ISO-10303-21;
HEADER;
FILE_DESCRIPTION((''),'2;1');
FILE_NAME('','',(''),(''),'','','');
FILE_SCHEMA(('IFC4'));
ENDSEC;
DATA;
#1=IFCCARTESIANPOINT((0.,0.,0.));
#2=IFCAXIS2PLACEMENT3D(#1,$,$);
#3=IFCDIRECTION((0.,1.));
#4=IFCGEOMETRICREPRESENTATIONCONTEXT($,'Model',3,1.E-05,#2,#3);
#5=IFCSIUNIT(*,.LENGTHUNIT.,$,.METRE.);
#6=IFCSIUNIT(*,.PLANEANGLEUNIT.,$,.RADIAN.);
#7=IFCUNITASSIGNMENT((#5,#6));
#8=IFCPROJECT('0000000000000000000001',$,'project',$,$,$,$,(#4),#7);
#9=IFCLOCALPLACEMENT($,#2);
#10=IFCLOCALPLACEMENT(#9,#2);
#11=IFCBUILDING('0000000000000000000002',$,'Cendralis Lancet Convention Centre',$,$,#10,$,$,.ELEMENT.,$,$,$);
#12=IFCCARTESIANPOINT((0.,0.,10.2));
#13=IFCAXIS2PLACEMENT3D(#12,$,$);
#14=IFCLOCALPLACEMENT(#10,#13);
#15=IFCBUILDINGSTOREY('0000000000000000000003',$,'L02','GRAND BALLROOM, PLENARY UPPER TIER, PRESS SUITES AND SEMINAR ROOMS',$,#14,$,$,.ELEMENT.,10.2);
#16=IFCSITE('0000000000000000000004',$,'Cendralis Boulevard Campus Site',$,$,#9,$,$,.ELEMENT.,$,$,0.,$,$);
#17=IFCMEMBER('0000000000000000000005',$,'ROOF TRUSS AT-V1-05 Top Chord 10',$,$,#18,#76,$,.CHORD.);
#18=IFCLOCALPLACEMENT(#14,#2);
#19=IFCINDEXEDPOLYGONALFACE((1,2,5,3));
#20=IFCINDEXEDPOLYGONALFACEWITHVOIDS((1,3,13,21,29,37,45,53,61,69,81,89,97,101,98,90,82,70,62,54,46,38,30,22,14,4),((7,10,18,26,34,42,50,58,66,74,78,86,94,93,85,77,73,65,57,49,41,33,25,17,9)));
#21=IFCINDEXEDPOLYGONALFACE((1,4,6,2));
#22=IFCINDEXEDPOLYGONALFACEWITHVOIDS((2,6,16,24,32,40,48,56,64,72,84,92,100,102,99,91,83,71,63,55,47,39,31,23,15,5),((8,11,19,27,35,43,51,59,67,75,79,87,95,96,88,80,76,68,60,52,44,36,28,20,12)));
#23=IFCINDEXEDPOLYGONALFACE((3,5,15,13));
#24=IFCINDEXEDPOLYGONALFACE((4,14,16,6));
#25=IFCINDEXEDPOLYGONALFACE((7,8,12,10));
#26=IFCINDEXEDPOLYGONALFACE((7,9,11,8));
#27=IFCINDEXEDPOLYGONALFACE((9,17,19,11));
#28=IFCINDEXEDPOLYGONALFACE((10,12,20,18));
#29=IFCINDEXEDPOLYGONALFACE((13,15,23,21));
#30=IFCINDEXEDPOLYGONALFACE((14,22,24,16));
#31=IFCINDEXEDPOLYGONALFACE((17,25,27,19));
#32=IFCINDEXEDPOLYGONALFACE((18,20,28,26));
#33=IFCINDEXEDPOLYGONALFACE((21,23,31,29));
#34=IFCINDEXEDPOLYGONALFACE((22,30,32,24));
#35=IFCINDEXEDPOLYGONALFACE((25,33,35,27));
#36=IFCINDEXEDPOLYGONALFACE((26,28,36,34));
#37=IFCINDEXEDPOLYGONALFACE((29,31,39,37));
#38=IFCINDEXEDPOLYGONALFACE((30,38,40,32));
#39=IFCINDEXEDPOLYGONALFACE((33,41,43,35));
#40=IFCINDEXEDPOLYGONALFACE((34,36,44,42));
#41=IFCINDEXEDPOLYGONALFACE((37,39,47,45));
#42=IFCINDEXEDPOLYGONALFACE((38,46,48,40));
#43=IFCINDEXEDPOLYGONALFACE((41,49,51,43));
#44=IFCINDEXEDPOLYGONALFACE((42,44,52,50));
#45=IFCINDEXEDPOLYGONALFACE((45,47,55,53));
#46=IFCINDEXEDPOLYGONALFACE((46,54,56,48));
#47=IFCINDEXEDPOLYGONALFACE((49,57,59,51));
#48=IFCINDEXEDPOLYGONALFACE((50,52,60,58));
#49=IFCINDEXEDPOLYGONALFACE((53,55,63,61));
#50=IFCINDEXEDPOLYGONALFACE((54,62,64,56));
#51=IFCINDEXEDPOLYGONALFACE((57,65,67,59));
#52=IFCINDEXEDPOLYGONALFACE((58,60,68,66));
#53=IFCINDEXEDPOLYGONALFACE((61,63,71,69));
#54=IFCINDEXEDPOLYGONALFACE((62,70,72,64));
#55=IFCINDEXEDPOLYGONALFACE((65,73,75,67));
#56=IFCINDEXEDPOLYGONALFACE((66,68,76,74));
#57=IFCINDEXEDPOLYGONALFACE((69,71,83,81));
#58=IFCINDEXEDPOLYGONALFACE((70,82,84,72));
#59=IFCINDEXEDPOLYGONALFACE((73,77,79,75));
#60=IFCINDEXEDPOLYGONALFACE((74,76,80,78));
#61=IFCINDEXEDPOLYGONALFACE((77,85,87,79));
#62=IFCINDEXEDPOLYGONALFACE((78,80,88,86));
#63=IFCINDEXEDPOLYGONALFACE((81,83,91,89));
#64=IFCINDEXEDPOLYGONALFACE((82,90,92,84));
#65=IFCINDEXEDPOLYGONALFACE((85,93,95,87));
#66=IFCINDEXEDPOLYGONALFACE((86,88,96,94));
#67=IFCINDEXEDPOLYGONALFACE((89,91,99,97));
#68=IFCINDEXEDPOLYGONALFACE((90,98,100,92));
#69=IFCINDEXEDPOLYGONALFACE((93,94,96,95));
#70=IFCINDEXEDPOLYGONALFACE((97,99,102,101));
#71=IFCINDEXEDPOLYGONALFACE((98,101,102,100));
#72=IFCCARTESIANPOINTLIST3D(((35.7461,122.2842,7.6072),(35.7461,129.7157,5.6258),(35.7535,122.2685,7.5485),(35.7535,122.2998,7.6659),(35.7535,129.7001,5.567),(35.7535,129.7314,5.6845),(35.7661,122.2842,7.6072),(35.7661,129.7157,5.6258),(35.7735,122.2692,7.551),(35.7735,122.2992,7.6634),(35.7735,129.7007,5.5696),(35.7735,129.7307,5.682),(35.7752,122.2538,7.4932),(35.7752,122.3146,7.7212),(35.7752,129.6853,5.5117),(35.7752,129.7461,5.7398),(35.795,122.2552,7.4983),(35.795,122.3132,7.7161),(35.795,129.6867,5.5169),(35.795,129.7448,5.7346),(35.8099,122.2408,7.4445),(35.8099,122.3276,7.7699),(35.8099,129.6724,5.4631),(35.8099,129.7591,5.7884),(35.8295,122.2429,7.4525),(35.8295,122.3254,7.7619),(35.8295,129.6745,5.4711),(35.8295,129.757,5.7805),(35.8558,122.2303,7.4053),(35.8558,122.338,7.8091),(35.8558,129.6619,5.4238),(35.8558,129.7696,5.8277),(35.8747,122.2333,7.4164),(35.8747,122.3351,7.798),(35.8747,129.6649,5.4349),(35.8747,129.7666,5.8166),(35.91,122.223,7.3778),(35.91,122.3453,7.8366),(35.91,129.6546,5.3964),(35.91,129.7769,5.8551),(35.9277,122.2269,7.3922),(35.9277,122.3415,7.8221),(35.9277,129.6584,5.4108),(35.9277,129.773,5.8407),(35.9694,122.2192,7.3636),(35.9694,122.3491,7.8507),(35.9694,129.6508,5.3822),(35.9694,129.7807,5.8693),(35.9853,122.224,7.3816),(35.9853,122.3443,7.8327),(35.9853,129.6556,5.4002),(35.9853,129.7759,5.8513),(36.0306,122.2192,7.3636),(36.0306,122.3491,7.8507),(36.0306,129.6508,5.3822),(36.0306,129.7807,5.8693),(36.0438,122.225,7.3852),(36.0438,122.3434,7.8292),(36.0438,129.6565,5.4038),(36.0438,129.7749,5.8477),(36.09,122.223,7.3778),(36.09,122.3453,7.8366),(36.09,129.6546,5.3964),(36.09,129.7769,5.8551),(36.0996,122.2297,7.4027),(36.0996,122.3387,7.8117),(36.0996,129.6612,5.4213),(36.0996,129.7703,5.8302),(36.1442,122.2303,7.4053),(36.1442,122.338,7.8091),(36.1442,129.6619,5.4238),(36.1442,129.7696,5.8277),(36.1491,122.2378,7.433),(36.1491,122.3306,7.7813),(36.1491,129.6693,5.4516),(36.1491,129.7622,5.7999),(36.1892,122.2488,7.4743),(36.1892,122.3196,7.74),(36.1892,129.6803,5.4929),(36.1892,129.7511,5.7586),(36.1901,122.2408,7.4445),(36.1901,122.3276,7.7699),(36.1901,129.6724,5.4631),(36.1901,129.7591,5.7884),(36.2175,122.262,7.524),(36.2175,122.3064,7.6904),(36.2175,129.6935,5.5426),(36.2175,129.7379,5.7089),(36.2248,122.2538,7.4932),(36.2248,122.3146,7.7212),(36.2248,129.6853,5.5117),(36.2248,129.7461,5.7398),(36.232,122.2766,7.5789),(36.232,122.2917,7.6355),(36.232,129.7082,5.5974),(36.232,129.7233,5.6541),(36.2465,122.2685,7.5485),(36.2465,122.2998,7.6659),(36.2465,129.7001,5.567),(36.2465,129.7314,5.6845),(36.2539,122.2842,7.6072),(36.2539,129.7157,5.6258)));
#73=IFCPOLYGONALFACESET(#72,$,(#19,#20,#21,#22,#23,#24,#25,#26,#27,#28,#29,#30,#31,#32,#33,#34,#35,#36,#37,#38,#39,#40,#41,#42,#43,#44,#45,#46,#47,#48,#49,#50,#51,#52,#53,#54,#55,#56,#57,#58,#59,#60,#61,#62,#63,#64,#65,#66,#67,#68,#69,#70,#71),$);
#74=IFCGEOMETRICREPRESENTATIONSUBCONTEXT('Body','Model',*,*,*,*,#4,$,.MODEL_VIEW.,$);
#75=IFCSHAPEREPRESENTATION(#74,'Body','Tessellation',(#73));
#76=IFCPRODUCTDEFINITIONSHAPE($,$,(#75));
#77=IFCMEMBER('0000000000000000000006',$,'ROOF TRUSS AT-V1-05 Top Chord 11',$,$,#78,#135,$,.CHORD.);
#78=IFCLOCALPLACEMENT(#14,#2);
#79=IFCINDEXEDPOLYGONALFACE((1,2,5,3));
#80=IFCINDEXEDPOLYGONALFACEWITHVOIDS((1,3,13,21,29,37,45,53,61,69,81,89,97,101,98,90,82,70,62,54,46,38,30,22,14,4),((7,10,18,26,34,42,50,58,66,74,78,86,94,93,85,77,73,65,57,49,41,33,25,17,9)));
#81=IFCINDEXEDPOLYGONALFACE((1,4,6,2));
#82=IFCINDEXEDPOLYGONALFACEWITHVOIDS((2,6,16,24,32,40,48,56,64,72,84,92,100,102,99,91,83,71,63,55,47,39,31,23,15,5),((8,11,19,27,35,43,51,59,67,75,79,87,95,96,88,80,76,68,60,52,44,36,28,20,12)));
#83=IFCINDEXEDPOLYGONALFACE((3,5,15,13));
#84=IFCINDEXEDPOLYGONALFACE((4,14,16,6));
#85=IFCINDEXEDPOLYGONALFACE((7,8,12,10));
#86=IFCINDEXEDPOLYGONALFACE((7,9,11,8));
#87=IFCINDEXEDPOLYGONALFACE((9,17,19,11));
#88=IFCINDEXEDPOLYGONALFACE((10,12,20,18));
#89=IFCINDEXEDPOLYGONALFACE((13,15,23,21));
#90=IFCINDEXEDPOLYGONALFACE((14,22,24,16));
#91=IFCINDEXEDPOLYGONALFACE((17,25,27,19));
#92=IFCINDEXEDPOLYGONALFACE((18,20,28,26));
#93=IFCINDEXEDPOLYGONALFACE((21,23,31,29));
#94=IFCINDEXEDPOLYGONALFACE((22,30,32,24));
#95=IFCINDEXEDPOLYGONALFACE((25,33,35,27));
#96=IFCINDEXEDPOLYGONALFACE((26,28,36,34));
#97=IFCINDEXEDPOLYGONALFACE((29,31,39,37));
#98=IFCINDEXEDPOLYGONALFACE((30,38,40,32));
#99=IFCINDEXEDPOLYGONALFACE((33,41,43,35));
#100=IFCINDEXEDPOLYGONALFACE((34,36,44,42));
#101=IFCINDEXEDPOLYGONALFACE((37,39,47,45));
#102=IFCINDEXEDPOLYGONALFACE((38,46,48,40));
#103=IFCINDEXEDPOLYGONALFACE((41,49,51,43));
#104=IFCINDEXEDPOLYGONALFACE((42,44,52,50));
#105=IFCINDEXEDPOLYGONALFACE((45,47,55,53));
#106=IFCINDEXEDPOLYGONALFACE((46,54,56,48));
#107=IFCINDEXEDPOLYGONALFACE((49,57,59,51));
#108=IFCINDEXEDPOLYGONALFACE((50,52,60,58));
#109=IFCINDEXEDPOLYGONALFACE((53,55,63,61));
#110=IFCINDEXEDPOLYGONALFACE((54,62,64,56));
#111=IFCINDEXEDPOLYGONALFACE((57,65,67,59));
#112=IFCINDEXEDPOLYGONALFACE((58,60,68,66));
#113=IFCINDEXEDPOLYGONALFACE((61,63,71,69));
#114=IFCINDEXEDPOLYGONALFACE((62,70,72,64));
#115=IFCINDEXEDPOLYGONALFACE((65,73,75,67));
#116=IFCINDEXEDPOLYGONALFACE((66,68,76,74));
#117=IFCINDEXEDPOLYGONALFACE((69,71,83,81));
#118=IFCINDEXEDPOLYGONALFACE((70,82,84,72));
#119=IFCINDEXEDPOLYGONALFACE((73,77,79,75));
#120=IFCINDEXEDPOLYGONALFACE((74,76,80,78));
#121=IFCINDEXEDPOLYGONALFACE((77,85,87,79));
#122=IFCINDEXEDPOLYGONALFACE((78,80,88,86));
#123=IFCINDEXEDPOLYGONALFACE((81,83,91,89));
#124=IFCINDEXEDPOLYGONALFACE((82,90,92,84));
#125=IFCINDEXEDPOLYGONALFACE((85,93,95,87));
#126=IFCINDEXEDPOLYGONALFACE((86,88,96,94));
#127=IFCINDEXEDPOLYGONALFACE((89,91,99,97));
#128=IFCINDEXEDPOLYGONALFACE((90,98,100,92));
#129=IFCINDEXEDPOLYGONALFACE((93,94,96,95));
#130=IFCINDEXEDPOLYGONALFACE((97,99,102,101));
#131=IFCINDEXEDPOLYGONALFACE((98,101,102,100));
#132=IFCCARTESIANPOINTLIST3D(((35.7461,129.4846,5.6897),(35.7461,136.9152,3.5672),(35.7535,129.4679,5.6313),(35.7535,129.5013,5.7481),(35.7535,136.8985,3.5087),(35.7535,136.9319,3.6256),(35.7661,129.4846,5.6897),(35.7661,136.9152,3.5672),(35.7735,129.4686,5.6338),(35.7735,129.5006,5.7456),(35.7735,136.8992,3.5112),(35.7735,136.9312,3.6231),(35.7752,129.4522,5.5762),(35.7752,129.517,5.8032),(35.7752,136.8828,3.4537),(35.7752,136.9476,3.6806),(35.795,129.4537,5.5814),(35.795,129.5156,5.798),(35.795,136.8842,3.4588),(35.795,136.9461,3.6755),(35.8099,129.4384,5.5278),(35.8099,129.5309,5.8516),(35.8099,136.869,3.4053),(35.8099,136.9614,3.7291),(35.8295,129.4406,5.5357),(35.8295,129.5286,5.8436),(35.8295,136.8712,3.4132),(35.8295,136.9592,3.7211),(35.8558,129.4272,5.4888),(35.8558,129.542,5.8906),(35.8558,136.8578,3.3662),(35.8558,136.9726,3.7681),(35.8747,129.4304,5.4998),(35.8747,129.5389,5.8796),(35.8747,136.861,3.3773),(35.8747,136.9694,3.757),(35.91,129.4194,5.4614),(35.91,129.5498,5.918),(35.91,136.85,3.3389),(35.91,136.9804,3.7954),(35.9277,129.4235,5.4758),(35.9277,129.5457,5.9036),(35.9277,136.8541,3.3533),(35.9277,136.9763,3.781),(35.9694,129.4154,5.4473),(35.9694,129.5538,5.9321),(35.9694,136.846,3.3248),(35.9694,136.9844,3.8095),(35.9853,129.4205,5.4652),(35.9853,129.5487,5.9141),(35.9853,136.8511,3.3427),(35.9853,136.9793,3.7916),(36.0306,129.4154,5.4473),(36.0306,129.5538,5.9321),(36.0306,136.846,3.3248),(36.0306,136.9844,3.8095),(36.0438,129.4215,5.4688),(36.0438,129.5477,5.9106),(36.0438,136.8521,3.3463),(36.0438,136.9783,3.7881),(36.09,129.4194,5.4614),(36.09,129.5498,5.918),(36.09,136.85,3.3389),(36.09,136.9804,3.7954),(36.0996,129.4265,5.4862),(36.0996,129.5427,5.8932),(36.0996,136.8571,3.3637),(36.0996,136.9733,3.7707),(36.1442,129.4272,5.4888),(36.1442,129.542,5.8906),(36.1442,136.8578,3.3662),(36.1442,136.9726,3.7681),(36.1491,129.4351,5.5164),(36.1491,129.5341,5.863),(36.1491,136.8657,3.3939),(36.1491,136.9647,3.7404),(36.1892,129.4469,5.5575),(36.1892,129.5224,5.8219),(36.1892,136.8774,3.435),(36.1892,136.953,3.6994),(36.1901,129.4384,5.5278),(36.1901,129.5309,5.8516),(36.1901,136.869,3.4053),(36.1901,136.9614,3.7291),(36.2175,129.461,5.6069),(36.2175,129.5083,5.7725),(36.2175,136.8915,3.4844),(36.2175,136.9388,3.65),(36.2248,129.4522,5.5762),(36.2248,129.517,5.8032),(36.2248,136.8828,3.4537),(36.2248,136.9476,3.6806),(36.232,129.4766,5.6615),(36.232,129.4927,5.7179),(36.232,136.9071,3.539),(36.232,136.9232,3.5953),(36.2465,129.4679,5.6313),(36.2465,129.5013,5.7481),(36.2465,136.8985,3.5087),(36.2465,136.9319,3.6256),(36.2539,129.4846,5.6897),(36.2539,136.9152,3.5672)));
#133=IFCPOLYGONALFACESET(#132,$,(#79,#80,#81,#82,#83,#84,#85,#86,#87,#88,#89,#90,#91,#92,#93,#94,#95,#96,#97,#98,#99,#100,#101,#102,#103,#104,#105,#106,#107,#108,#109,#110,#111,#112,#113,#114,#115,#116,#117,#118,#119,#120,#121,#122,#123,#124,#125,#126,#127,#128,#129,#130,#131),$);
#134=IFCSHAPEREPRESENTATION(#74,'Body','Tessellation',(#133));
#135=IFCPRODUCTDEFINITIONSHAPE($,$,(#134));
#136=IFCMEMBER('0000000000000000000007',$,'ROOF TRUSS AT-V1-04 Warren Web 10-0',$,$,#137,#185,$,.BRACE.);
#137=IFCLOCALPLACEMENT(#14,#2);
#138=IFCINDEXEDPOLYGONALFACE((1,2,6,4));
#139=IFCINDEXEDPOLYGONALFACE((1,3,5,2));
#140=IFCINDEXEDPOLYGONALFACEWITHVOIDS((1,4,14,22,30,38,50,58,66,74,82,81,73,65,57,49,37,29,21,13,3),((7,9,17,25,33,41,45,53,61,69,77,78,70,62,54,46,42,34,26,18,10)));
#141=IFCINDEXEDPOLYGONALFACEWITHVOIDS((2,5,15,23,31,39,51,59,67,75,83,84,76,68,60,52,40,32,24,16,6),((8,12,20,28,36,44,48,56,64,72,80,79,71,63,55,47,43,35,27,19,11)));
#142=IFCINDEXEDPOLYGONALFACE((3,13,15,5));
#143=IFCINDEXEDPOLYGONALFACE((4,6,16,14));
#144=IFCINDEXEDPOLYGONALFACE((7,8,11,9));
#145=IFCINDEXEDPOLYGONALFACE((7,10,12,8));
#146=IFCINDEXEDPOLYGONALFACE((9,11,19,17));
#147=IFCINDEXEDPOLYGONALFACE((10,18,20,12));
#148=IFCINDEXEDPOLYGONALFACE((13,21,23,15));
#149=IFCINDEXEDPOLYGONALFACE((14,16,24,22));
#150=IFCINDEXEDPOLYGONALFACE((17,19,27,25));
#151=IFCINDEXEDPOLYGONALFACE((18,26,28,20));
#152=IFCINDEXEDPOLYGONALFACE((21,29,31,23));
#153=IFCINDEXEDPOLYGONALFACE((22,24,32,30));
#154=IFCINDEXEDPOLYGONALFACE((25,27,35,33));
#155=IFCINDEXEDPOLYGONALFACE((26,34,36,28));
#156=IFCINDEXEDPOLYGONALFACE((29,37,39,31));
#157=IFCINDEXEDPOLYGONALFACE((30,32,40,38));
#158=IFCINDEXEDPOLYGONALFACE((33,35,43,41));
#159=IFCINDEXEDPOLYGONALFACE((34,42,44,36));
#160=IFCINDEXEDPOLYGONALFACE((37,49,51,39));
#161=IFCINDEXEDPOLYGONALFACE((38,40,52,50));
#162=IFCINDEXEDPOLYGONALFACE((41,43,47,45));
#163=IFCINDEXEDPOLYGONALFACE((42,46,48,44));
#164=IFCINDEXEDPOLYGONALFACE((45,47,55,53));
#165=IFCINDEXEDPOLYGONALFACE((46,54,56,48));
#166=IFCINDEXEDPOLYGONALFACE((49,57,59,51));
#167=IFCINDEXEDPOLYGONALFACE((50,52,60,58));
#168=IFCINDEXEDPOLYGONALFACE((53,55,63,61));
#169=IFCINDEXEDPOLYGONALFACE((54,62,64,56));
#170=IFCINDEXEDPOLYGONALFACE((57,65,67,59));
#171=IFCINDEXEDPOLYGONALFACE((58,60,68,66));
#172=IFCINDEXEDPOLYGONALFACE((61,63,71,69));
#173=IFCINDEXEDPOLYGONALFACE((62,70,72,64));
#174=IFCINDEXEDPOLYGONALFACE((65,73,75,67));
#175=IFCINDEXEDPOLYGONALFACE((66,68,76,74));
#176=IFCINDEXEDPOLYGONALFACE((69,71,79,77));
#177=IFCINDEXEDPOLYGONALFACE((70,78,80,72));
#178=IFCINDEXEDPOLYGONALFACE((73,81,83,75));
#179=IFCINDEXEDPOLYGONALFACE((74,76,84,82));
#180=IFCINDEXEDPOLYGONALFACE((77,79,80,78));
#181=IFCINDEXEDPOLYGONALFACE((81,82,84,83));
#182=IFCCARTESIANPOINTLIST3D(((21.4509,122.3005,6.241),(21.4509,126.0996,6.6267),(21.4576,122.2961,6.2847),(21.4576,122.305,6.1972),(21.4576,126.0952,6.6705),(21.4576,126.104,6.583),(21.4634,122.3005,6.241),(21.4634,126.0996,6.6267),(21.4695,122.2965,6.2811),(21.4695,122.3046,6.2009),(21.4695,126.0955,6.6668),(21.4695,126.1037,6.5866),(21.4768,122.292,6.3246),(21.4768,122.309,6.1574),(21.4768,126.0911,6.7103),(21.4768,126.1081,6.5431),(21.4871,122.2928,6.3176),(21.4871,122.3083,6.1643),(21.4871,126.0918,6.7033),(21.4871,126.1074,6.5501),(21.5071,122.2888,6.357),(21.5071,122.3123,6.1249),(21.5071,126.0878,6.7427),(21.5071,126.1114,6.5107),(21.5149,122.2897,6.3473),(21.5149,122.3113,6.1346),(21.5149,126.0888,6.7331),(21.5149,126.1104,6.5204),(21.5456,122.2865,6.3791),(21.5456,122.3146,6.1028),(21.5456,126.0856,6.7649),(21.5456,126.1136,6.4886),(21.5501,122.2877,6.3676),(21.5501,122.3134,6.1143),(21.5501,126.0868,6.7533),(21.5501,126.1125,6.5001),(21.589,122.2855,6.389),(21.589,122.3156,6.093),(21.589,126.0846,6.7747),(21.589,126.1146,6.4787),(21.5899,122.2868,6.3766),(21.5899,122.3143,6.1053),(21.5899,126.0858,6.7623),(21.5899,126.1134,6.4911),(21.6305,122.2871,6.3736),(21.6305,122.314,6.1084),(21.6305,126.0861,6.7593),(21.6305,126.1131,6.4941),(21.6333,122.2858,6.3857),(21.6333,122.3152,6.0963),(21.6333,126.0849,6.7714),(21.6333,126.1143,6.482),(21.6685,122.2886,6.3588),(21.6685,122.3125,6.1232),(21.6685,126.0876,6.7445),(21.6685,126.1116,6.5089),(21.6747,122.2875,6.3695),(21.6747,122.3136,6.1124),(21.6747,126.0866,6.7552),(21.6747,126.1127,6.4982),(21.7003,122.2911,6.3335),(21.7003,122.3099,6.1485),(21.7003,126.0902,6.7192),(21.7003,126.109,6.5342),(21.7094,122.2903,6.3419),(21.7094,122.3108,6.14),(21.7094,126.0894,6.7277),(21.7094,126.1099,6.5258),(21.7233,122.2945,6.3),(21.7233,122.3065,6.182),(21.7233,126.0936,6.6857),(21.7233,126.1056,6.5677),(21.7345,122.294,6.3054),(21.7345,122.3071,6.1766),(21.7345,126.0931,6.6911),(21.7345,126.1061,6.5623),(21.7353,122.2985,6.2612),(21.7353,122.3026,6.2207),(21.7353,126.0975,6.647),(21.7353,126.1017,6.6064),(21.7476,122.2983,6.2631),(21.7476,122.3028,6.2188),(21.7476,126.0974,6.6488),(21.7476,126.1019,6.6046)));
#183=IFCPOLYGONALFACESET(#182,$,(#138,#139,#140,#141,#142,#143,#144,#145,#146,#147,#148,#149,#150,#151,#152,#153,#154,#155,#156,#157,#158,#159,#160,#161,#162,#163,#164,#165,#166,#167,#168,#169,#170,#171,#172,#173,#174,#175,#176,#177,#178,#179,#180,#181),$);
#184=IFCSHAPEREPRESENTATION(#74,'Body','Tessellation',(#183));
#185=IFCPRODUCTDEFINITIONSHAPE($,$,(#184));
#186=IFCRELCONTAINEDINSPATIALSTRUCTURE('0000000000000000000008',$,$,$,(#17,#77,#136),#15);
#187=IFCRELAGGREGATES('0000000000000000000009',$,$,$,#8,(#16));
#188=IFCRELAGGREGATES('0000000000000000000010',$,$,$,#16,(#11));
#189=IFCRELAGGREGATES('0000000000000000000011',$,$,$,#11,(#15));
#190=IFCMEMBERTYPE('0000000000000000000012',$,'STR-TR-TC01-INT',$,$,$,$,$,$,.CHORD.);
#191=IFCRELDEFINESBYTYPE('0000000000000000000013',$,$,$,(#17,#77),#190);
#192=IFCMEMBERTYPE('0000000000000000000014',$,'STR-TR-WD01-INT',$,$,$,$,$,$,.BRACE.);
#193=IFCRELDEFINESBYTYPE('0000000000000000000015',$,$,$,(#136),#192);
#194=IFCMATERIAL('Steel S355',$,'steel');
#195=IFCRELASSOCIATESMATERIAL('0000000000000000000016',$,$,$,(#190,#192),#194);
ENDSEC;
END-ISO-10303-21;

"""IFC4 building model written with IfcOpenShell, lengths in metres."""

from ifc_helpers import new_model, si_unit, direction, frame, origin, origin_2d, place, context, subcontext, project, spatial, hollow_circle, extrude, material, material_profile, profile_set, type_object, element, save


model = new_model("IFC4")

# Units and contexts
model_context = context("Model", 3, precision=1e-05, world=origin(), true_north=direction((0.0, 1.0)))
body_context = subcontext(model_context, "Body", "Model", "MODEL_VIEW")
ifc_project = project(units=[si_unit("LENGTHUNIT", "METRE"), si_unit("PLANEANGLEUNIT", "RADIAN")], contexts=[model_context])

# Site, building, storey
site_placement = place(None, origin())
site = spatial("IfcSite", under=ifc_project, at=site_placement, Name="Cendralis Boulevard Campus Site", CompositionType="ELEMENT", RefElevation=0.0)
building_placement = place(site_placement, origin())
building = spatial("IfcBuilding", under=site, at=building_placement, Name="Cendralis Lancet Convention Centre", CompositionType="ELEMENT")
storey_placement = place(building_placement, frame((0.0, 0.0, 10.2)))
storey = spatial("IfcBuildingStorey", under=building, at=storey_placement, Name="L02", Description="GRAND BALLROOM, PLENARY UPPER TIER, PRESS SUITES AND SEMINAR ROOMS", CompositionType="ELEMENT", Elevation=10.2)

# Members
ifc_material_1 = material(Name="Steel S355", Category="steel")
ifc_material_profile_1 = material_profile(ifc_material_1, hollow_circle(Radius=0.2539, WallThickness=0.02, at=origin_2d()), Name="CHS 508.0x20.0")
ifc_profile_set_1 = profile_set([ifc_material_profile_1], Name="Steel S355")
member_type_1 = type_object("IfcMemberType", Name="STR-TR-TC01-INT", PredefinedType="CHORD", material=ifc_profile_set_1)
member_1_placement = place(storey_placement, frame((36.0, 122.2842, 7.6072), z_axis=(0.0, 0.966245, -0.257623), x_axis=(-1.0, 0.0, 0.0)))
element("IfcMember", 1, at=member_1_placement, inside=storey, type_object=member_type_1, Name="ROOF TRUSS AT-V1-05 Top Chord 10", PredefinedType="CHORD", context=body_context, shape_type="SweptSolid", body=[
    extrude(hollow_circle(Radius=0.2539, WallThickness=0.02, at=origin_2d()), origin(), (0.0, 0.0, 1.0), 7.6912),
])
member_2_placement = place(storey_placement, frame((36.0, 129.4846, 5.6897), z_axis=(0.0, 0.961541, -0.274663), x_axis=(-1.0, 0.0, 0.0)))
element("IfcMember", 2, at=member_2_placement, inside=storey, type_object=member_type_1, Name="ROOF TRUSS AT-V1-05 Top Chord 11", PredefinedType="CHORD", context=body_context, shape_type="SweptSolid", body=[
    extrude(hollow_circle(Radius=0.2539, WallThickness=0.02, at=origin_2d()), origin(), (0.0, 0.0, 1.0), 7.7278),
])
ifc_material_profile_2 = material_profile(ifc_material_1, hollow_circle(Radius=0.1492, WallThickness=0.0125, at=origin_2d()), Name="CHS 298.5x12.5")
ifc_profile_set_2 = profile_set([ifc_material_profile_2], Name="Steel S355")
member_type_2 = type_object("IfcMemberType", Name="STR-TR-WD01-INT", PredefinedType="BRACE", material=ifc_profile_set_2)
member_3_placement = place(storey_placement, frame((21.6001, 122.3005, 6.241), z_axis=(0.0, 0.994885, 0.101017), x_axis=(-1.0, 0.0, 0.0)))
element("IfcMember", 3, at=member_3_placement, inside=storey, type_object=member_type_2, Name="ROOF TRUSS AT-V1-04 Warren Web 10-0", PredefinedType="BRACE", context=body_context, shape_type="SweptSolid", body=[
    extrude(hollow_circle(Radius=0.1492, WallThickness=0.0125, at=origin_2d()), origin(), (0.0, 0.0, 1.0), 3.8186),
])

save(model, "model.ifc")
